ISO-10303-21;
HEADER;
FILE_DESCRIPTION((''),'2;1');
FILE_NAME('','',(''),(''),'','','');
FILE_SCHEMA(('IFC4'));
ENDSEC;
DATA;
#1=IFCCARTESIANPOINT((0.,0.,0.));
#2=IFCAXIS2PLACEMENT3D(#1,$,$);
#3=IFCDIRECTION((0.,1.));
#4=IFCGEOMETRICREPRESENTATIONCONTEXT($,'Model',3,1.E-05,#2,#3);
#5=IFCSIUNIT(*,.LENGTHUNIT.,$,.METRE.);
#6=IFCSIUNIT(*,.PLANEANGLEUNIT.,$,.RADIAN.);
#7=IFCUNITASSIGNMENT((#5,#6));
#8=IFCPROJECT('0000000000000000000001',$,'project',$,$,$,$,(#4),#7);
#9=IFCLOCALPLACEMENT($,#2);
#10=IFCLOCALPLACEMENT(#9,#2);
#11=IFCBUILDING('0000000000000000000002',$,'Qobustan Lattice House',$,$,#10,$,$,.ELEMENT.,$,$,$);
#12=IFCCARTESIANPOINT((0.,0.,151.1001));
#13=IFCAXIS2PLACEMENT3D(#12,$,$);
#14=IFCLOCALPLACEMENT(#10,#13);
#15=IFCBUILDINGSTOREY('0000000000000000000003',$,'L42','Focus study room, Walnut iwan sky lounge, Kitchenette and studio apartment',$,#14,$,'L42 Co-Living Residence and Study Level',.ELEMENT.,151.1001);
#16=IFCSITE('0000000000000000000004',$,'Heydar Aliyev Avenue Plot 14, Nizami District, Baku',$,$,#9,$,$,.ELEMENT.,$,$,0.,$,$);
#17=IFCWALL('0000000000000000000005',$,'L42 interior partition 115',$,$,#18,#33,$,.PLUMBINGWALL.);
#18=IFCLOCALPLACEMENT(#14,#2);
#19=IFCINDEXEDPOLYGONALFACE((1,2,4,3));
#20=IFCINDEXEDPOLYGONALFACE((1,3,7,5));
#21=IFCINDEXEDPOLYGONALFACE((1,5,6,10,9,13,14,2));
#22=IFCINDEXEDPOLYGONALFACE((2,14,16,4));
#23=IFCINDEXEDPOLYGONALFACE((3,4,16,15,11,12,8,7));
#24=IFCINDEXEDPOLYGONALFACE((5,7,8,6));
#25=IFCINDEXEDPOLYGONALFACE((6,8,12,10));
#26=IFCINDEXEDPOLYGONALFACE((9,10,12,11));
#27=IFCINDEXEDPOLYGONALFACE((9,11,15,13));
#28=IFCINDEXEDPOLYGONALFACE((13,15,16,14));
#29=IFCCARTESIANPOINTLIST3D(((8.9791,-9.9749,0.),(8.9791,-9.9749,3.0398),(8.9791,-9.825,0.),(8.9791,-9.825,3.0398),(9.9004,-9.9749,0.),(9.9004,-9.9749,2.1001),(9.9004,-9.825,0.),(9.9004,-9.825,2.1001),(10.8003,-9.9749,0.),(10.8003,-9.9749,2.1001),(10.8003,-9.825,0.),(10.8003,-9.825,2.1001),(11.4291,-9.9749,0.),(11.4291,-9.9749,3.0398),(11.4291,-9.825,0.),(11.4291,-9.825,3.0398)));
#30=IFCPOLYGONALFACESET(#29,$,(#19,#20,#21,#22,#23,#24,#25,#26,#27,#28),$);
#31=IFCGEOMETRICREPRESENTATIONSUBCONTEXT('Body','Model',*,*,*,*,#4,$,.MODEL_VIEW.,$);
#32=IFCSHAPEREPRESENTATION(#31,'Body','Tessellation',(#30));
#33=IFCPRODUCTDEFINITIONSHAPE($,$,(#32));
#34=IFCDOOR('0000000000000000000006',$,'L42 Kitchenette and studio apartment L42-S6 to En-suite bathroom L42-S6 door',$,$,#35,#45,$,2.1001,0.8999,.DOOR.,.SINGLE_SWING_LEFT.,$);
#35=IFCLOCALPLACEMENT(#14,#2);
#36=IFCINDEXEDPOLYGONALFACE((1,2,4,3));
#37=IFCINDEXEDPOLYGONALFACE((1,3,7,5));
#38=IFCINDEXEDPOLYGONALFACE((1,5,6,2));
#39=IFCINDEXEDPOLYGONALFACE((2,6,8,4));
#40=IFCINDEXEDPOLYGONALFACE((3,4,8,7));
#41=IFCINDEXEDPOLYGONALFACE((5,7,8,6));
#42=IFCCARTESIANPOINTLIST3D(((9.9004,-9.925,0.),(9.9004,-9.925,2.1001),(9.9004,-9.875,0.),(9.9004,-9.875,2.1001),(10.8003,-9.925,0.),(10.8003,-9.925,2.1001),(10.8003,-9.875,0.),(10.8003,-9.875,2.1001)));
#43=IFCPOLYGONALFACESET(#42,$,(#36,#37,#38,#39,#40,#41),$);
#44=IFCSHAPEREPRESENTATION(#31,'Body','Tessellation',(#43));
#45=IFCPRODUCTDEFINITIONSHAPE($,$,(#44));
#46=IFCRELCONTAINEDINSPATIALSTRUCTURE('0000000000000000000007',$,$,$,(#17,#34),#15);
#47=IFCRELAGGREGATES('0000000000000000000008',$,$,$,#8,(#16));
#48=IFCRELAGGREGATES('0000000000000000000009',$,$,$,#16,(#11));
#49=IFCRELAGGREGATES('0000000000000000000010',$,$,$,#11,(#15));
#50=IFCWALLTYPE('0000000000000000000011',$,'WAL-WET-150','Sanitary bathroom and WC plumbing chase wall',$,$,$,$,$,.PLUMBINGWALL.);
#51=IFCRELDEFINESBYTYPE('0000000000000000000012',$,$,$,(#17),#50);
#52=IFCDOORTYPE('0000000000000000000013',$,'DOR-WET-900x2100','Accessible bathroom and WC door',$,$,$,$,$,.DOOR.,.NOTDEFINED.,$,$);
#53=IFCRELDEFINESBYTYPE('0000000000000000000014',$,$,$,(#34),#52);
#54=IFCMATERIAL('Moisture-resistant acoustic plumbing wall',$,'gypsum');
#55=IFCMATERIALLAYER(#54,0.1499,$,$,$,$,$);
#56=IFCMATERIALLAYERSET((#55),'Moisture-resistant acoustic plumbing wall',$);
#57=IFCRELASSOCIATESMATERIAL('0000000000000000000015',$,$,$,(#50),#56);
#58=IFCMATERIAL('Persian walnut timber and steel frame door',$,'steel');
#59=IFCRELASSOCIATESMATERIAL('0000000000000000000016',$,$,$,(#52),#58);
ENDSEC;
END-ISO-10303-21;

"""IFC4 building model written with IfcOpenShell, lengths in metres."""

from ifc_helpers import new_model, si_unit, direction, frame, frame_2d, origin, place, context, subcontext, project, spatial, rectangle, extrude, material, layer, layer_set, type_object, element, fill, save


model = new_model("IFC4")

# Units and contexts
model_context = context("Model", 3, precision=1e-05, world=origin(), true_north=direction((0.0, 1.0)))
body_context = subcontext(model_context, "Body", "Model", "MODEL_VIEW")
ifc_project = project(units=[si_unit("LENGTHUNIT", "METRE"), si_unit("PLANEANGLEUNIT", "RADIAN")], contexts=[model_context])

# Site, building, storey
site_placement = place(None, origin())
site = spatial("IfcSite", under=ifc_project, at=site_placement, Name="Heydar Aliyev Avenue Plot 14, Nizami District, Baku", CompositionType="ELEMENT", RefElevation=0.0)
building_placement = place(site_placement, origin())
building = spatial("IfcBuilding", under=site, at=building_placement, Name="Qobustan Lattice House", CompositionType="ELEMENT")
storey_placement = place(building_placement, frame((0.0, 0.0, 151.1001)))
storey = spatial("IfcBuildingStorey", under=building, at=storey_placement, Name="L42", Description="Focus study room, Walnut iwan sky lounge, Kitchenette and studio apartment", LongName="L42 Co-Living Residence and Study Level", CompositionType="ELEMENT", Elevation=151.1001)

# Shared definitions
ifc_material_1 = material(Name="Moisture-resistant acoustic plumbing wall", Category="gypsum")
ifc_layer_1 = layer(ifc_material_1, 0.1499)
ifc_layer_set_1 = layer_set([ifc_layer_1], Name="Moisture-resistant acoustic plumbing wall")
wall_type_1 = type_object("IfcWallType", Name="WAL-WET-150", Description="Sanitary bathroom and WC plumbing chase wall", PredefinedType="PLUMBINGWALL", material=ifc_layer_set_1)

# Shared definitions
ifc_material_2 = material(Name="Persian walnut timber and steel frame door", Category="steel")
door_type_1 = type_object("IfcDoorType", Name="DOR-WET-900x2100", Description="Accessible bathroom and WC door", OperationType="NOTDEFINED", PredefinedType="DOOR", material=ifc_material_2)

# Wall, opening, door
wall_1_placement = place(storey_placement, frame((8.979, -9.8999, 0.0), z_axis=(0.0, 0.0, 1.0), x_axis=(1.0, 0.0, 0.0)))
wall_1 = element("IfcWall", 1, at=wall_1_placement, inside=storey, type_object=wall_type_1, Name="L42 interior partition 115", PredefinedType="PLUMBINGWALL", context=body_context, shape_type="SweptSolid", body=[
    extrude(rectangle(XDim=2.45, YDim=0.1499, at=frame_2d((1.2251, 0.0))), origin(), (0.0, 0.0, 1.0), 3.0398),
])
opening_1_placement = place(wall_1_placement, frame((0.9214, 0.0, 0.0)))
opening_1 = element("IfcOpeningElement", 2, at=opening_1_placement, cuts=wall_1, PredefinedType="OPENING", context=body_context, shape_type="SweptSolid", body=[
    extrude(rectangle(XDim=0.8999, YDim=2.1001, at=frame_2d((0.45, 1.05))), frame((0.0, 0.085, 0.0), z_axis=(0.0, -1.0, 0.0), x_axis=(1.0, 0.0, 0.0)), (0.0, 0.0, 1.0), 0.1699),
])
door_1_placement = place(opening_1_placement, origin())
door_1 = element("IfcDoor", 3, at=door_1_placement, inside=storey, type_object=door_type_1, Name="L42 Kitchenette and studio apartment L42-S6 to En-suite bathroom L42-S6 door", OperationType="SINGLE_SWING_LEFT", OverallHeight=2.1001, OverallWidth=0.8999, PredefinedType="DOOR", context=body_context, shape_type="SweptSolid", body=[
    extrude(rectangle(XDim=0.8999, YDim=2.1001, at=frame_2d((0.45, 1.05))), frame((0.0, 0.0249, 0.0), z_axis=(0.0, -1.0, 0.0), x_axis=(1.0, 0.0, 0.0)), (0.0, 0.0, 1.0), 0.05),
])
fill(opening_1, door_1)

save(model, "model.ifc")
